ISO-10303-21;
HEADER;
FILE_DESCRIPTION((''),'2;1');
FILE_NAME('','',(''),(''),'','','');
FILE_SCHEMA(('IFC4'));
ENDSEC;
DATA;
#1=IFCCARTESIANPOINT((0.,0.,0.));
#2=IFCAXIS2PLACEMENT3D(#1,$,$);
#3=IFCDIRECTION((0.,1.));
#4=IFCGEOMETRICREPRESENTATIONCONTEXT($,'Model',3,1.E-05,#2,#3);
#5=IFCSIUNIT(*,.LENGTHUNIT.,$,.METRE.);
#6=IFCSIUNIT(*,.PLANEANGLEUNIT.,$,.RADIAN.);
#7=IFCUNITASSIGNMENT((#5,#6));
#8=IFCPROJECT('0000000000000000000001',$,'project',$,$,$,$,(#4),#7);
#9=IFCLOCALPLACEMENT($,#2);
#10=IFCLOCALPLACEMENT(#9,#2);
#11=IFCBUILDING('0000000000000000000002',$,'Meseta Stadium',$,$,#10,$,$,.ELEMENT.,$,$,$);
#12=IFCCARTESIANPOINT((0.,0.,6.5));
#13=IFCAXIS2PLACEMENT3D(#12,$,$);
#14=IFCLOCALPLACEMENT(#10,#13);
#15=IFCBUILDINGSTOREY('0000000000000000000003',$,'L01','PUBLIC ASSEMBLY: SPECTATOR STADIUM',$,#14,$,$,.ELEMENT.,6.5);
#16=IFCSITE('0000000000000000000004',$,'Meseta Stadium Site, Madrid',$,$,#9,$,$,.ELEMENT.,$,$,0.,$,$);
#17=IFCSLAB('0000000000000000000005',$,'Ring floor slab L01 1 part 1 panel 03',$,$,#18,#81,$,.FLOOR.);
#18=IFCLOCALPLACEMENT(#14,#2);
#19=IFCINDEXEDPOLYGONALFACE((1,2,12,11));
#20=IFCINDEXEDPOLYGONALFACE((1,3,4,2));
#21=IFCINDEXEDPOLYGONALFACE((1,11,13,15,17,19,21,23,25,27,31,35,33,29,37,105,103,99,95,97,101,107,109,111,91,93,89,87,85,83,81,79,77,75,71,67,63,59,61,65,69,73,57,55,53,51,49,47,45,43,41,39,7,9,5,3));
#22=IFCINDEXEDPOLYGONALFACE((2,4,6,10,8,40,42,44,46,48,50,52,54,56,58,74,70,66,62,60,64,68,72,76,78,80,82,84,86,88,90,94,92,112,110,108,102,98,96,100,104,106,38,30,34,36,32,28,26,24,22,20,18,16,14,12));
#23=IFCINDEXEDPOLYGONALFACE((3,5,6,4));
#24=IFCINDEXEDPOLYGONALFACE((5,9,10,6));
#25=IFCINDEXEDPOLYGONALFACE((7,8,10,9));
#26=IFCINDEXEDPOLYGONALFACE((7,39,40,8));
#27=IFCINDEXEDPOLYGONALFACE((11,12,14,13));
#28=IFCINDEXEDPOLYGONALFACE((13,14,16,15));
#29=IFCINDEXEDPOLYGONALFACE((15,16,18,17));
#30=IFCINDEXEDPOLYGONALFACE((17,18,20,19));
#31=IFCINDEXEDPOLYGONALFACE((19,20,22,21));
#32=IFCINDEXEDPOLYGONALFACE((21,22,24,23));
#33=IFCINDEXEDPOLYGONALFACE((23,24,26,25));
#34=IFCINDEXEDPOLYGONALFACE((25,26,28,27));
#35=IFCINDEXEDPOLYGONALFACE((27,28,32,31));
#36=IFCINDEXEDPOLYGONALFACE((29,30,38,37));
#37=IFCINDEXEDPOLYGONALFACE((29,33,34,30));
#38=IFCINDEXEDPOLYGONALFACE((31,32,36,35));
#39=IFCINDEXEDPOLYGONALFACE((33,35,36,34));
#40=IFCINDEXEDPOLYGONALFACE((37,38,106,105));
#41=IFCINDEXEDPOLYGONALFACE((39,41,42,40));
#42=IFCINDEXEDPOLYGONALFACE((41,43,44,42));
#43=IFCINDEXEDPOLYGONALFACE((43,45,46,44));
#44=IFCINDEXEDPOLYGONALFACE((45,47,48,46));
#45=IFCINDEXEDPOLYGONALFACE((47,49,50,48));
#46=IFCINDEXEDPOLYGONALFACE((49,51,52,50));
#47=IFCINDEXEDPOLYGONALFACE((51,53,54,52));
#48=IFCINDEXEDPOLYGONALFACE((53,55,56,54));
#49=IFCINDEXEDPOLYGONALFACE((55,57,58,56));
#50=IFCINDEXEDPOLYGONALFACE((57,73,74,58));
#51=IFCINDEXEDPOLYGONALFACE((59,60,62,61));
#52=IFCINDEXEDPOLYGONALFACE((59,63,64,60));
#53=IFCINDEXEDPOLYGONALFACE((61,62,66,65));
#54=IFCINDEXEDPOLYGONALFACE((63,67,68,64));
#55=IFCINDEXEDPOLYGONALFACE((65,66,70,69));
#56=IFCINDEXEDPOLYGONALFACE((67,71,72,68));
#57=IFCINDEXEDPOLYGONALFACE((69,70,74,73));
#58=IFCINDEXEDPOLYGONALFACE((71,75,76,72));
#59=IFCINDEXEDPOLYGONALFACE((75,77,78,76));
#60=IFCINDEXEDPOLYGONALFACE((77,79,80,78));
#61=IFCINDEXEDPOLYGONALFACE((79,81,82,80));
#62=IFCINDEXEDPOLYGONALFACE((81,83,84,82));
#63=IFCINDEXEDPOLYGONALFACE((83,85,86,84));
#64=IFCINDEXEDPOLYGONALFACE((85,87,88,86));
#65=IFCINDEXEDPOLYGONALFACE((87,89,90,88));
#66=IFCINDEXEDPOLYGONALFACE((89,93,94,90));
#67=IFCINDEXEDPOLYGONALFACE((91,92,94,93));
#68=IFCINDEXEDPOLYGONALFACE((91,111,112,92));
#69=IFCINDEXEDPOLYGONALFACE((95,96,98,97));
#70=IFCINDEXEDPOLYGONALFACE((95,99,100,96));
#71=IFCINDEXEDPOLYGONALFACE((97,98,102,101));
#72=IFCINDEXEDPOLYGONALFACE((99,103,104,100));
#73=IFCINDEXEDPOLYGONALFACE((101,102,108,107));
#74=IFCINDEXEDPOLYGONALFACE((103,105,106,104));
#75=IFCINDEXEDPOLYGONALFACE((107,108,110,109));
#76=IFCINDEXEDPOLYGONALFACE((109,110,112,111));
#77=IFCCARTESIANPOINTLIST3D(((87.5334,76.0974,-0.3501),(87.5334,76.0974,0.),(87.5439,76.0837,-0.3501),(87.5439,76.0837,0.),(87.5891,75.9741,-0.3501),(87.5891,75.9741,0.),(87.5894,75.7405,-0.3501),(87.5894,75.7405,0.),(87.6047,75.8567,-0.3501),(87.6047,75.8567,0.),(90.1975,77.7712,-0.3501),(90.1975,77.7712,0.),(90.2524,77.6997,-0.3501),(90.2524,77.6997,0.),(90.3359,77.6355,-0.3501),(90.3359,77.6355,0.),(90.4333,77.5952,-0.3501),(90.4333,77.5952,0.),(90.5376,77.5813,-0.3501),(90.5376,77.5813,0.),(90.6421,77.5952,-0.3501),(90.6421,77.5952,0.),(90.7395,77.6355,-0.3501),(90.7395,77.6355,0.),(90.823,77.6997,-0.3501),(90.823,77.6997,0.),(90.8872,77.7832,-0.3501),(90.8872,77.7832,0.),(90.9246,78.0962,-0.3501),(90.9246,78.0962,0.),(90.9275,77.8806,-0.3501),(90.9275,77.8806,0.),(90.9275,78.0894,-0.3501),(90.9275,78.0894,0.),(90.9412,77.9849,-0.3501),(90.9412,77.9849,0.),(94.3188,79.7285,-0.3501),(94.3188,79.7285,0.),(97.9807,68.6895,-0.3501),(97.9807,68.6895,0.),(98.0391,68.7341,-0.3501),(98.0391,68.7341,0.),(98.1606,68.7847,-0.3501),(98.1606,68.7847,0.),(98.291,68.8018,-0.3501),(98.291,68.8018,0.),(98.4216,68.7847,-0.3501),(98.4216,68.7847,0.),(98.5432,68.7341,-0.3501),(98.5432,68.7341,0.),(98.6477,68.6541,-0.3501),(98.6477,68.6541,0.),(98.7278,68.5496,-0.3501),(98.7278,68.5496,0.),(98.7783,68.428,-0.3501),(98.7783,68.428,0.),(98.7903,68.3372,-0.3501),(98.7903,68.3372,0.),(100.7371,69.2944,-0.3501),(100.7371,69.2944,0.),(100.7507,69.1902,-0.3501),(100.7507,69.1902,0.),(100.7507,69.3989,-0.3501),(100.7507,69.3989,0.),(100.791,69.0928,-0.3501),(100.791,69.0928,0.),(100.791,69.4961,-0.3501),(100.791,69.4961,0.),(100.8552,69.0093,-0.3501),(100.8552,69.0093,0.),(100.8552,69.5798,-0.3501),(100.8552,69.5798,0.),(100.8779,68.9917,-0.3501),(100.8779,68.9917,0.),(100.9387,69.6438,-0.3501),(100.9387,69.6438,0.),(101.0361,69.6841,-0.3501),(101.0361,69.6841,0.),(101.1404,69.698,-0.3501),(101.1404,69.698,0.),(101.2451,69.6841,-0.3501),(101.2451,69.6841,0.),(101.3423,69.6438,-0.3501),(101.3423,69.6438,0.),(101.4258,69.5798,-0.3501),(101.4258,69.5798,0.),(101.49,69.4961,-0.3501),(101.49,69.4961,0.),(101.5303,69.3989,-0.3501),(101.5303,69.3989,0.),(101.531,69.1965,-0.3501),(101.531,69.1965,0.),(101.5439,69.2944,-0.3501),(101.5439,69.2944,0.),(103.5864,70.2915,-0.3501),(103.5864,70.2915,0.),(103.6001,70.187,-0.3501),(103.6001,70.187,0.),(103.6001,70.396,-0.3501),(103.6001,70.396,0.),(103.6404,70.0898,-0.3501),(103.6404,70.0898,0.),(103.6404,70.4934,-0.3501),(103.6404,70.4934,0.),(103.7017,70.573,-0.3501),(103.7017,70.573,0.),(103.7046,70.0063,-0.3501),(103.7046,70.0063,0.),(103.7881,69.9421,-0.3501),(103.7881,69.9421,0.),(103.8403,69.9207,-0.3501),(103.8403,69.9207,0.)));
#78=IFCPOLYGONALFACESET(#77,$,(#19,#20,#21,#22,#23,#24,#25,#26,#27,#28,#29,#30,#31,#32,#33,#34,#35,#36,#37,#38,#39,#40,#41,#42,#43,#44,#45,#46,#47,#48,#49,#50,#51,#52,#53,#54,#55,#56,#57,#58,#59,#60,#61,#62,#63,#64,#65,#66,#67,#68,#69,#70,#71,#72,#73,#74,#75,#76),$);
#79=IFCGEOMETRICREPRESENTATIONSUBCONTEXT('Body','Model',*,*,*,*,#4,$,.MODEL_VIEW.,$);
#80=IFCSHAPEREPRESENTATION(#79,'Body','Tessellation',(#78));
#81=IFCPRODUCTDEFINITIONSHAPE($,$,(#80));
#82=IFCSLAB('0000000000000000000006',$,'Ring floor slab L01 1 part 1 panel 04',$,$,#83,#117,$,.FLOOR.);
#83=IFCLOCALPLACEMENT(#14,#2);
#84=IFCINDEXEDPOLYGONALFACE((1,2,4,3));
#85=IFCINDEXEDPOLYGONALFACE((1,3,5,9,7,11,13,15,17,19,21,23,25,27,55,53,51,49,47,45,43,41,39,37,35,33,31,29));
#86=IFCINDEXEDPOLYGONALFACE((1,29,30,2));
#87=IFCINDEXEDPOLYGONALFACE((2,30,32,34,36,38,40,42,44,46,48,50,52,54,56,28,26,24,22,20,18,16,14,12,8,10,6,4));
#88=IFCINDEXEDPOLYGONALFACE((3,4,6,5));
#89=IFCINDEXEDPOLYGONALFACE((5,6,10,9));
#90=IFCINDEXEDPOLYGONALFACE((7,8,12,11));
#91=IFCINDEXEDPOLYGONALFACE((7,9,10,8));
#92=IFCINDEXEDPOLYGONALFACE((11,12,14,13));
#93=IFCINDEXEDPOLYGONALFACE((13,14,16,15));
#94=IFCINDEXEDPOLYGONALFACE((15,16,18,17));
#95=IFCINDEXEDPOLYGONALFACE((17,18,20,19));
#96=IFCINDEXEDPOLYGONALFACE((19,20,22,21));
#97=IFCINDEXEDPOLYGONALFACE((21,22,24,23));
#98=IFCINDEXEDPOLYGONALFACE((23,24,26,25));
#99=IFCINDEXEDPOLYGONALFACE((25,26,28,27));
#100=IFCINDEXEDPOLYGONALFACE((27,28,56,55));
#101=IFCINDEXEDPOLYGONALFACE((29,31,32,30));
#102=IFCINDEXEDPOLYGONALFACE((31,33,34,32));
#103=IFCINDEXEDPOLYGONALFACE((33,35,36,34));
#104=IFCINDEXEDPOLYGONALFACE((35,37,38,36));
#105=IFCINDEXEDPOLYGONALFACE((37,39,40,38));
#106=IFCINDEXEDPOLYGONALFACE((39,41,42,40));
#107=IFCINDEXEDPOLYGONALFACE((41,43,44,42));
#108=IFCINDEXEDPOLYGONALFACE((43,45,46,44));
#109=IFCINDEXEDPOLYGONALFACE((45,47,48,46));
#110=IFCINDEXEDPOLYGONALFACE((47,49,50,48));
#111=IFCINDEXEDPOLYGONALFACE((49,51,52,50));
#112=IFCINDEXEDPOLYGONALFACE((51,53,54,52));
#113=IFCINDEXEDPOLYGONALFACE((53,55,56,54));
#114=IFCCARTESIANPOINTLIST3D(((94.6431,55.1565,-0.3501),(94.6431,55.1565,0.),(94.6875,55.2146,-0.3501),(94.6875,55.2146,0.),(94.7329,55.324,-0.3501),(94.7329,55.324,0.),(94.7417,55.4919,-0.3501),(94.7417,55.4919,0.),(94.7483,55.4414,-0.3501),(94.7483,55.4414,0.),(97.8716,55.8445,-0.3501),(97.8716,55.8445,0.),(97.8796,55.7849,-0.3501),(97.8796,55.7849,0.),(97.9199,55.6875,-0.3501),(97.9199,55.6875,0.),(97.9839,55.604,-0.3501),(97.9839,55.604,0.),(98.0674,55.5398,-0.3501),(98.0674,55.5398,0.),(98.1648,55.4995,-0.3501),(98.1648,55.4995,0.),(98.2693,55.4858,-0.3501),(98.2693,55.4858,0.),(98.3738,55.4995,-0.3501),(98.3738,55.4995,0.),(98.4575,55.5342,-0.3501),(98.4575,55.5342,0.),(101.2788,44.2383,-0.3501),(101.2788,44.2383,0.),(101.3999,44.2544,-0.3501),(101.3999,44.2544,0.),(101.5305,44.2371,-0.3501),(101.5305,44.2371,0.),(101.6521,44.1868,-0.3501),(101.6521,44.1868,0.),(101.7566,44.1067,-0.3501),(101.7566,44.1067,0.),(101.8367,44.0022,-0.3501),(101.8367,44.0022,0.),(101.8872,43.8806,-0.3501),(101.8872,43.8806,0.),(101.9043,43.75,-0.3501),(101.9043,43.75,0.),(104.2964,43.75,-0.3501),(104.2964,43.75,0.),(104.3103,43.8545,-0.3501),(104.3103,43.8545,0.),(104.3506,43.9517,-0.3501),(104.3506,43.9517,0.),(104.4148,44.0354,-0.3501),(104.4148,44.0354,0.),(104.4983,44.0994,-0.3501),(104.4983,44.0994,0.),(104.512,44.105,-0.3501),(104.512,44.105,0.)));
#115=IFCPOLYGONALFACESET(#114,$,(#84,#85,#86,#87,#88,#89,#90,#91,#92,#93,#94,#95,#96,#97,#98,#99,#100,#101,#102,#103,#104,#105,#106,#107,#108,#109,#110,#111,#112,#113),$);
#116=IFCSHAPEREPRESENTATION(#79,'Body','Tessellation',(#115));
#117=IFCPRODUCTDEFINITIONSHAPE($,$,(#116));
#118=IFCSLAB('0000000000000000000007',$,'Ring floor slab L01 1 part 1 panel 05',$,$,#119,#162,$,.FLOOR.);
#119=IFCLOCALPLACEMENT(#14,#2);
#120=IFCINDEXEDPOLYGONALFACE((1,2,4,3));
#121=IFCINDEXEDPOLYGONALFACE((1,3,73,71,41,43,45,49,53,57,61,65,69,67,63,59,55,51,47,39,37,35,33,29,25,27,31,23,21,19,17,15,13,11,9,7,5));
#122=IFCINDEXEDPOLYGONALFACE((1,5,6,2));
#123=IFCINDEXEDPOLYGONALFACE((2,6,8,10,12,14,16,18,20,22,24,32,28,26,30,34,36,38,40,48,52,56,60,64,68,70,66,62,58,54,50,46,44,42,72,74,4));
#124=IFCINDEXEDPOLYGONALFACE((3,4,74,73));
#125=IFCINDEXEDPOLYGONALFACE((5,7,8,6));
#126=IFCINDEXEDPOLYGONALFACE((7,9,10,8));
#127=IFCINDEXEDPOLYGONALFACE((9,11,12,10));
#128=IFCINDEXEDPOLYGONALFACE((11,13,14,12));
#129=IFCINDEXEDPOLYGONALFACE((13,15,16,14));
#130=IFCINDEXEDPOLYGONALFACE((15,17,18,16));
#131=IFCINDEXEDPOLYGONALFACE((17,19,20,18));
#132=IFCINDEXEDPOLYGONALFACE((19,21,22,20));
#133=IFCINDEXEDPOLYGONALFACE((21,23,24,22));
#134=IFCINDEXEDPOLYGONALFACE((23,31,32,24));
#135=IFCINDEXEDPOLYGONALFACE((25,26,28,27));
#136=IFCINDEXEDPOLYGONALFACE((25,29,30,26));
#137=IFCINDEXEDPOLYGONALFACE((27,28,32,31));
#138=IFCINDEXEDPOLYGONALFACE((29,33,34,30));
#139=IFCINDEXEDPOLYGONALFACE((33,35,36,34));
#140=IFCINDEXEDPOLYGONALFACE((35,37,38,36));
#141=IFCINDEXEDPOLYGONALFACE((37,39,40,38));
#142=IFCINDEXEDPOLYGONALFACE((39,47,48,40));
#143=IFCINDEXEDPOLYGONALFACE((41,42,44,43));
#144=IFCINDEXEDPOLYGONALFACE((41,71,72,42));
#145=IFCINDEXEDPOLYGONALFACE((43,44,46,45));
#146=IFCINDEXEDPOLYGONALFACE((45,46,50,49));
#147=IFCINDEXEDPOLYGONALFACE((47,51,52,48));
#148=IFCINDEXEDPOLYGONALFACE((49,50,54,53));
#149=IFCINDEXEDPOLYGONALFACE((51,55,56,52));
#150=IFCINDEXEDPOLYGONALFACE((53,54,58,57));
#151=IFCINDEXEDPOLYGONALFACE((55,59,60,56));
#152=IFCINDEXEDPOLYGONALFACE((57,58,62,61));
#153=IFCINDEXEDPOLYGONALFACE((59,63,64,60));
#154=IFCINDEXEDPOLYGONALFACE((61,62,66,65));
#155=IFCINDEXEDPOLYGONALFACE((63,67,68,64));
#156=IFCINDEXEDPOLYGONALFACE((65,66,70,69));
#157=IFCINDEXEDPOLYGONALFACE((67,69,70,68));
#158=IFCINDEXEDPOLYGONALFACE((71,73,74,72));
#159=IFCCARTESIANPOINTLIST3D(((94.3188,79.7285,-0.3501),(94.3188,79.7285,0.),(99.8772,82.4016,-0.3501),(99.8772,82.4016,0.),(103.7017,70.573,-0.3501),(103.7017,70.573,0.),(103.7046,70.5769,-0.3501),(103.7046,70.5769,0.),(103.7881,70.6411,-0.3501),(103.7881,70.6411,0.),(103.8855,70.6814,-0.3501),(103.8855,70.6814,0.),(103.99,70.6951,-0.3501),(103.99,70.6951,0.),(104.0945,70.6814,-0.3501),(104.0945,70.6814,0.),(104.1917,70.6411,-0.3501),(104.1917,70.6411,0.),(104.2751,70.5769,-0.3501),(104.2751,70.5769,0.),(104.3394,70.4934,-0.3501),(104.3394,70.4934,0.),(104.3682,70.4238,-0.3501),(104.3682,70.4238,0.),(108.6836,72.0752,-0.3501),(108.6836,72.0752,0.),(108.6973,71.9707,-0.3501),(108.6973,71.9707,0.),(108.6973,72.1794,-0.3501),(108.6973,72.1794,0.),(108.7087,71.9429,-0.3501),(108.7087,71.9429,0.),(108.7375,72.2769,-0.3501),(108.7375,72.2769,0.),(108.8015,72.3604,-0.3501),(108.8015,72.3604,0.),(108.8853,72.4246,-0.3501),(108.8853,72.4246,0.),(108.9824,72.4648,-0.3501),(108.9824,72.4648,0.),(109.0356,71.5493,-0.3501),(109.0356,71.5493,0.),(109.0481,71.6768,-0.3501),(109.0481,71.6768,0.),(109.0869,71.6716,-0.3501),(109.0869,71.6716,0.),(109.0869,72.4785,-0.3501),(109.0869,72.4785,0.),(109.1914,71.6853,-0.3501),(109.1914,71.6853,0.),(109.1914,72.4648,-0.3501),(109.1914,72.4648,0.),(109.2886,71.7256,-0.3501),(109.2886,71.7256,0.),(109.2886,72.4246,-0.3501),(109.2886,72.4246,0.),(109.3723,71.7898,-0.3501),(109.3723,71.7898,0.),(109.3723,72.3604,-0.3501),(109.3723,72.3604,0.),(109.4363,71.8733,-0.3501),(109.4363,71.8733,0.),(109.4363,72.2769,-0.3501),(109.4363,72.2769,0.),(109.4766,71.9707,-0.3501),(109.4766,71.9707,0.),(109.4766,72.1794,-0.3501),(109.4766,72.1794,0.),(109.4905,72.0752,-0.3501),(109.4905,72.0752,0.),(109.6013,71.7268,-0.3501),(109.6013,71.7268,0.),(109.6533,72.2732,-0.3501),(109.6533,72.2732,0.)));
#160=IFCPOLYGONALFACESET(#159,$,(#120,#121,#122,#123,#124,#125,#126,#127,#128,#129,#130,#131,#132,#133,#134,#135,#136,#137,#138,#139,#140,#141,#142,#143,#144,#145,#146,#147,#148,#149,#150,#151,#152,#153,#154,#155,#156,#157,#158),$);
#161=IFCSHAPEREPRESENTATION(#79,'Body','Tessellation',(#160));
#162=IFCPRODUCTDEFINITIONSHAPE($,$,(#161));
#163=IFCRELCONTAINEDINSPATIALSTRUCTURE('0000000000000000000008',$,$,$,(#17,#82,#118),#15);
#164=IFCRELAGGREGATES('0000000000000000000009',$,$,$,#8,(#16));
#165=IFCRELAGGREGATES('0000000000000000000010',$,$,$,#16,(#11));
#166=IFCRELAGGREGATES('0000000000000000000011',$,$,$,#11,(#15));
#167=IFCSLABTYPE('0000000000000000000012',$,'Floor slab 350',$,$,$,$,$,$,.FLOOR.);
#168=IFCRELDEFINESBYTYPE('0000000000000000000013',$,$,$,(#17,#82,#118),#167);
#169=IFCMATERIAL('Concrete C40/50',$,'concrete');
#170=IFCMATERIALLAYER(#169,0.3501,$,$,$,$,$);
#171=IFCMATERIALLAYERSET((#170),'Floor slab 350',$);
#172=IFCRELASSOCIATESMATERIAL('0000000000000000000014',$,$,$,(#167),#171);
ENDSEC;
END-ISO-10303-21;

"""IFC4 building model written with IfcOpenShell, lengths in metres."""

from ifc_helpers import new_model, si_unit, direction, frame, origin, place, context, subcontext, project, spatial, polyline, outline, extrude, material, layer, layer_set, type_object, element, save


model = new_model("IFC4")

# Units and contexts
model_context = context("Model", 3, precision=1e-05, world=origin(), true_north=direction((0.0, 1.0)))
body_context = subcontext(model_context, "Body", "Model", "MODEL_VIEW")
ifc_project = project(units=[si_unit("LENGTHUNIT", "METRE"), si_unit("PLANEANGLEUNIT", "RADIAN")], contexts=[model_context])

# Site, building, storey
site_placement = place(None, origin())
site = spatial("IfcSite", under=ifc_project, at=site_placement, Name="Meseta Stadium Site, Madrid", CompositionType="ELEMENT", RefElevation=0.0)
building_placement = place(site_placement, origin())
building = spatial("IfcBuilding", under=site, at=building_placement, Name="Meseta Stadium", CompositionType="ELEMENT")
storey_placement = place(building_placement, frame((0.0, 0.0, 6.5)))
storey = spatial("IfcBuildingStorey", under=building, at=storey_placement, Name="L01", Description="PUBLIC ASSEMBLY: SPECTATOR STADIUM", CompositionType="ELEMENT", Elevation=6.5)

# Slabs
ifc_material_1 = material(Name="Concrete C40/50", Category="concrete")
ifc_layer_1 = layer(ifc_material_1, 0.3501)
ifc_layer_set_1 = layer_set([ifc_layer_1], Name="Floor slab 350")
slab_type_1 = type_object("IfcSlabType", Name="Floor slab 350", PredefinedType="FLOOR", material=ifc_layer_set_1)
slab_1_placement = place(storey_placement, frame((0.0, 0.0, -0.3501)))
element("IfcSlab", 1, at=slab_1_placement, inside=storey, type_object=slab_type_1, Name="Ring floor slab L01 1 part 1 panel 03", PredefinedType="FLOOR", context=body_context, shape_type="SweptSolid", body=[
    extrude(outline(polyline([(90.2524, 77.6997), (90.1975, 77.7712), (87.5334, 76.0974), (87.5439, 76.0837), (87.5891, 75.9741), (87.6047, 75.8567), (87.5894, 75.7405), (97.9807, 68.6895), (98.0391, 68.7341), (98.1606, 68.7847), (98.291, 68.8018), (98.4216, 68.7847), (98.5432, 68.7341), (98.6477, 68.6541), (98.7278, 68.5496), (98.7783, 68.428), (98.7903, 68.3372), (100.8779, 68.9917), (100.8552, 69.0093), (100.791, 69.0928), (100.7507, 69.1902), (100.7371, 69.2944), (100.7507, 69.3989), (100.791, 69.4961), (100.8552, 69.5798), (100.9387, 69.6438), (101.0361, 69.6841), (101.1404, 69.698), (101.2451, 69.6841), (101.3423, 69.6438), (101.4258, 69.5798), (101.49, 69.4961), (101.5303, 69.3989), (101.5439, 69.2944), (101.531, 69.1965), (103.8403, 69.9207), (103.7881, 69.9421), (103.7046, 70.0063), (103.6404, 70.0898), (103.6001, 70.187), (103.5864, 70.2915), (103.6001, 70.396), (103.6404, 70.4934), (103.7017, 70.573), (94.3188, 79.7285), (90.9246, 78.0962), (90.9275, 78.0894), (90.9412, 77.9849), (90.9275, 77.8806), (90.8872, 77.7832), (90.823, 77.6997), (90.7395, 77.6355), (90.6421, 77.5952), (90.5376, 77.5813), (90.4333, 77.5952), (90.3359, 77.6355), (90.2524, 77.6997)])), origin(), (0.0, 0.0, 1.0), 0.3501),
])
slab_2_placement = place(storey_placement, frame((0.0, 0.0, -0.3501)))
element("IfcSlab", 2, at=slab_2_placement, inside=storey, type_object=slab_type_1, Name="Ring floor slab L01 1 part 1 panel 04", PredefinedType="FLOOR", context=body_context, shape_type="SweptSolid", body=[
    extrude(outline(polyline([(97.9199, 55.6875), (97.8796, 55.7849), (97.8716, 55.8445), (94.7417, 55.4919), (94.7483, 55.4414), (94.7329, 55.324), (94.6875, 55.2146), (94.6431, 55.1565), (101.2788, 44.2383), (101.3999, 44.2544), (101.5305, 44.2371), (101.6521, 44.1868), (101.7566, 44.1067), (101.8367, 44.0022), (101.8872, 43.8806), (101.9043, 43.75), (104.2964, 43.75), (104.3103, 43.8545), (104.3506, 43.9517), (104.4148, 44.0354), (104.4983, 44.0994), (104.512, 44.105), (98.4575, 55.5342), (98.3738, 55.4995), (98.2693, 55.4858), (98.1648, 55.4995), (98.0674, 55.5398), (97.9839, 55.604), (97.9199, 55.6875)])), origin(), (0.0, 0.0, 1.0), 0.3501),
])
slab_3_placement = place(storey_placement, frame((0.0, 0.0, -0.3501)))
element("IfcSlab", 3, at=slab_3_placement, inside=storey, type_object=slab_type_1, Name="Ring floor slab L01 1 part 1 panel 05", PredefinedType="FLOOR", context=body_context, shape_type="SweptSolid", body=[
    extrude(outline(polyline([(104.0945, 70.6814), (104.1917, 70.6411), (104.2751, 70.5769), (104.3394, 70.4934), (104.3682, 70.4238), (108.7087, 71.9429), (108.6973, 71.9707), (108.6836, 72.0752), (108.6973, 72.1794), (108.7375, 72.2769), (108.8015, 72.3604), (108.8853, 72.4246), (108.9824, 72.4648), (109.0869, 72.4785), (109.1914, 72.4648), (109.2886, 72.4246), (109.3723, 72.3604), (109.4363, 72.2769), (109.4766, 72.1794), (109.4905, 72.0752), (109.4766, 71.9707), (109.4363, 71.8733), (109.3723, 71.7898), (109.2886, 71.7256), (109.1914, 71.6853), (109.0869, 71.6716), (109.0481, 71.6768), (109.0356, 71.5493), (109.6013, 71.7268), (109.6533, 72.2732), (99.8772, 82.4016), (94.3188, 79.7285), (103.7017, 70.573), (103.7046, 70.5769), (103.7881, 70.6411), (103.8855, 70.6814), (103.99, 70.6951), (104.0945, 70.6814)])), origin(), (0.0, 0.0, 1.0), 0.3501),
])

save(model, "model.ifc")
